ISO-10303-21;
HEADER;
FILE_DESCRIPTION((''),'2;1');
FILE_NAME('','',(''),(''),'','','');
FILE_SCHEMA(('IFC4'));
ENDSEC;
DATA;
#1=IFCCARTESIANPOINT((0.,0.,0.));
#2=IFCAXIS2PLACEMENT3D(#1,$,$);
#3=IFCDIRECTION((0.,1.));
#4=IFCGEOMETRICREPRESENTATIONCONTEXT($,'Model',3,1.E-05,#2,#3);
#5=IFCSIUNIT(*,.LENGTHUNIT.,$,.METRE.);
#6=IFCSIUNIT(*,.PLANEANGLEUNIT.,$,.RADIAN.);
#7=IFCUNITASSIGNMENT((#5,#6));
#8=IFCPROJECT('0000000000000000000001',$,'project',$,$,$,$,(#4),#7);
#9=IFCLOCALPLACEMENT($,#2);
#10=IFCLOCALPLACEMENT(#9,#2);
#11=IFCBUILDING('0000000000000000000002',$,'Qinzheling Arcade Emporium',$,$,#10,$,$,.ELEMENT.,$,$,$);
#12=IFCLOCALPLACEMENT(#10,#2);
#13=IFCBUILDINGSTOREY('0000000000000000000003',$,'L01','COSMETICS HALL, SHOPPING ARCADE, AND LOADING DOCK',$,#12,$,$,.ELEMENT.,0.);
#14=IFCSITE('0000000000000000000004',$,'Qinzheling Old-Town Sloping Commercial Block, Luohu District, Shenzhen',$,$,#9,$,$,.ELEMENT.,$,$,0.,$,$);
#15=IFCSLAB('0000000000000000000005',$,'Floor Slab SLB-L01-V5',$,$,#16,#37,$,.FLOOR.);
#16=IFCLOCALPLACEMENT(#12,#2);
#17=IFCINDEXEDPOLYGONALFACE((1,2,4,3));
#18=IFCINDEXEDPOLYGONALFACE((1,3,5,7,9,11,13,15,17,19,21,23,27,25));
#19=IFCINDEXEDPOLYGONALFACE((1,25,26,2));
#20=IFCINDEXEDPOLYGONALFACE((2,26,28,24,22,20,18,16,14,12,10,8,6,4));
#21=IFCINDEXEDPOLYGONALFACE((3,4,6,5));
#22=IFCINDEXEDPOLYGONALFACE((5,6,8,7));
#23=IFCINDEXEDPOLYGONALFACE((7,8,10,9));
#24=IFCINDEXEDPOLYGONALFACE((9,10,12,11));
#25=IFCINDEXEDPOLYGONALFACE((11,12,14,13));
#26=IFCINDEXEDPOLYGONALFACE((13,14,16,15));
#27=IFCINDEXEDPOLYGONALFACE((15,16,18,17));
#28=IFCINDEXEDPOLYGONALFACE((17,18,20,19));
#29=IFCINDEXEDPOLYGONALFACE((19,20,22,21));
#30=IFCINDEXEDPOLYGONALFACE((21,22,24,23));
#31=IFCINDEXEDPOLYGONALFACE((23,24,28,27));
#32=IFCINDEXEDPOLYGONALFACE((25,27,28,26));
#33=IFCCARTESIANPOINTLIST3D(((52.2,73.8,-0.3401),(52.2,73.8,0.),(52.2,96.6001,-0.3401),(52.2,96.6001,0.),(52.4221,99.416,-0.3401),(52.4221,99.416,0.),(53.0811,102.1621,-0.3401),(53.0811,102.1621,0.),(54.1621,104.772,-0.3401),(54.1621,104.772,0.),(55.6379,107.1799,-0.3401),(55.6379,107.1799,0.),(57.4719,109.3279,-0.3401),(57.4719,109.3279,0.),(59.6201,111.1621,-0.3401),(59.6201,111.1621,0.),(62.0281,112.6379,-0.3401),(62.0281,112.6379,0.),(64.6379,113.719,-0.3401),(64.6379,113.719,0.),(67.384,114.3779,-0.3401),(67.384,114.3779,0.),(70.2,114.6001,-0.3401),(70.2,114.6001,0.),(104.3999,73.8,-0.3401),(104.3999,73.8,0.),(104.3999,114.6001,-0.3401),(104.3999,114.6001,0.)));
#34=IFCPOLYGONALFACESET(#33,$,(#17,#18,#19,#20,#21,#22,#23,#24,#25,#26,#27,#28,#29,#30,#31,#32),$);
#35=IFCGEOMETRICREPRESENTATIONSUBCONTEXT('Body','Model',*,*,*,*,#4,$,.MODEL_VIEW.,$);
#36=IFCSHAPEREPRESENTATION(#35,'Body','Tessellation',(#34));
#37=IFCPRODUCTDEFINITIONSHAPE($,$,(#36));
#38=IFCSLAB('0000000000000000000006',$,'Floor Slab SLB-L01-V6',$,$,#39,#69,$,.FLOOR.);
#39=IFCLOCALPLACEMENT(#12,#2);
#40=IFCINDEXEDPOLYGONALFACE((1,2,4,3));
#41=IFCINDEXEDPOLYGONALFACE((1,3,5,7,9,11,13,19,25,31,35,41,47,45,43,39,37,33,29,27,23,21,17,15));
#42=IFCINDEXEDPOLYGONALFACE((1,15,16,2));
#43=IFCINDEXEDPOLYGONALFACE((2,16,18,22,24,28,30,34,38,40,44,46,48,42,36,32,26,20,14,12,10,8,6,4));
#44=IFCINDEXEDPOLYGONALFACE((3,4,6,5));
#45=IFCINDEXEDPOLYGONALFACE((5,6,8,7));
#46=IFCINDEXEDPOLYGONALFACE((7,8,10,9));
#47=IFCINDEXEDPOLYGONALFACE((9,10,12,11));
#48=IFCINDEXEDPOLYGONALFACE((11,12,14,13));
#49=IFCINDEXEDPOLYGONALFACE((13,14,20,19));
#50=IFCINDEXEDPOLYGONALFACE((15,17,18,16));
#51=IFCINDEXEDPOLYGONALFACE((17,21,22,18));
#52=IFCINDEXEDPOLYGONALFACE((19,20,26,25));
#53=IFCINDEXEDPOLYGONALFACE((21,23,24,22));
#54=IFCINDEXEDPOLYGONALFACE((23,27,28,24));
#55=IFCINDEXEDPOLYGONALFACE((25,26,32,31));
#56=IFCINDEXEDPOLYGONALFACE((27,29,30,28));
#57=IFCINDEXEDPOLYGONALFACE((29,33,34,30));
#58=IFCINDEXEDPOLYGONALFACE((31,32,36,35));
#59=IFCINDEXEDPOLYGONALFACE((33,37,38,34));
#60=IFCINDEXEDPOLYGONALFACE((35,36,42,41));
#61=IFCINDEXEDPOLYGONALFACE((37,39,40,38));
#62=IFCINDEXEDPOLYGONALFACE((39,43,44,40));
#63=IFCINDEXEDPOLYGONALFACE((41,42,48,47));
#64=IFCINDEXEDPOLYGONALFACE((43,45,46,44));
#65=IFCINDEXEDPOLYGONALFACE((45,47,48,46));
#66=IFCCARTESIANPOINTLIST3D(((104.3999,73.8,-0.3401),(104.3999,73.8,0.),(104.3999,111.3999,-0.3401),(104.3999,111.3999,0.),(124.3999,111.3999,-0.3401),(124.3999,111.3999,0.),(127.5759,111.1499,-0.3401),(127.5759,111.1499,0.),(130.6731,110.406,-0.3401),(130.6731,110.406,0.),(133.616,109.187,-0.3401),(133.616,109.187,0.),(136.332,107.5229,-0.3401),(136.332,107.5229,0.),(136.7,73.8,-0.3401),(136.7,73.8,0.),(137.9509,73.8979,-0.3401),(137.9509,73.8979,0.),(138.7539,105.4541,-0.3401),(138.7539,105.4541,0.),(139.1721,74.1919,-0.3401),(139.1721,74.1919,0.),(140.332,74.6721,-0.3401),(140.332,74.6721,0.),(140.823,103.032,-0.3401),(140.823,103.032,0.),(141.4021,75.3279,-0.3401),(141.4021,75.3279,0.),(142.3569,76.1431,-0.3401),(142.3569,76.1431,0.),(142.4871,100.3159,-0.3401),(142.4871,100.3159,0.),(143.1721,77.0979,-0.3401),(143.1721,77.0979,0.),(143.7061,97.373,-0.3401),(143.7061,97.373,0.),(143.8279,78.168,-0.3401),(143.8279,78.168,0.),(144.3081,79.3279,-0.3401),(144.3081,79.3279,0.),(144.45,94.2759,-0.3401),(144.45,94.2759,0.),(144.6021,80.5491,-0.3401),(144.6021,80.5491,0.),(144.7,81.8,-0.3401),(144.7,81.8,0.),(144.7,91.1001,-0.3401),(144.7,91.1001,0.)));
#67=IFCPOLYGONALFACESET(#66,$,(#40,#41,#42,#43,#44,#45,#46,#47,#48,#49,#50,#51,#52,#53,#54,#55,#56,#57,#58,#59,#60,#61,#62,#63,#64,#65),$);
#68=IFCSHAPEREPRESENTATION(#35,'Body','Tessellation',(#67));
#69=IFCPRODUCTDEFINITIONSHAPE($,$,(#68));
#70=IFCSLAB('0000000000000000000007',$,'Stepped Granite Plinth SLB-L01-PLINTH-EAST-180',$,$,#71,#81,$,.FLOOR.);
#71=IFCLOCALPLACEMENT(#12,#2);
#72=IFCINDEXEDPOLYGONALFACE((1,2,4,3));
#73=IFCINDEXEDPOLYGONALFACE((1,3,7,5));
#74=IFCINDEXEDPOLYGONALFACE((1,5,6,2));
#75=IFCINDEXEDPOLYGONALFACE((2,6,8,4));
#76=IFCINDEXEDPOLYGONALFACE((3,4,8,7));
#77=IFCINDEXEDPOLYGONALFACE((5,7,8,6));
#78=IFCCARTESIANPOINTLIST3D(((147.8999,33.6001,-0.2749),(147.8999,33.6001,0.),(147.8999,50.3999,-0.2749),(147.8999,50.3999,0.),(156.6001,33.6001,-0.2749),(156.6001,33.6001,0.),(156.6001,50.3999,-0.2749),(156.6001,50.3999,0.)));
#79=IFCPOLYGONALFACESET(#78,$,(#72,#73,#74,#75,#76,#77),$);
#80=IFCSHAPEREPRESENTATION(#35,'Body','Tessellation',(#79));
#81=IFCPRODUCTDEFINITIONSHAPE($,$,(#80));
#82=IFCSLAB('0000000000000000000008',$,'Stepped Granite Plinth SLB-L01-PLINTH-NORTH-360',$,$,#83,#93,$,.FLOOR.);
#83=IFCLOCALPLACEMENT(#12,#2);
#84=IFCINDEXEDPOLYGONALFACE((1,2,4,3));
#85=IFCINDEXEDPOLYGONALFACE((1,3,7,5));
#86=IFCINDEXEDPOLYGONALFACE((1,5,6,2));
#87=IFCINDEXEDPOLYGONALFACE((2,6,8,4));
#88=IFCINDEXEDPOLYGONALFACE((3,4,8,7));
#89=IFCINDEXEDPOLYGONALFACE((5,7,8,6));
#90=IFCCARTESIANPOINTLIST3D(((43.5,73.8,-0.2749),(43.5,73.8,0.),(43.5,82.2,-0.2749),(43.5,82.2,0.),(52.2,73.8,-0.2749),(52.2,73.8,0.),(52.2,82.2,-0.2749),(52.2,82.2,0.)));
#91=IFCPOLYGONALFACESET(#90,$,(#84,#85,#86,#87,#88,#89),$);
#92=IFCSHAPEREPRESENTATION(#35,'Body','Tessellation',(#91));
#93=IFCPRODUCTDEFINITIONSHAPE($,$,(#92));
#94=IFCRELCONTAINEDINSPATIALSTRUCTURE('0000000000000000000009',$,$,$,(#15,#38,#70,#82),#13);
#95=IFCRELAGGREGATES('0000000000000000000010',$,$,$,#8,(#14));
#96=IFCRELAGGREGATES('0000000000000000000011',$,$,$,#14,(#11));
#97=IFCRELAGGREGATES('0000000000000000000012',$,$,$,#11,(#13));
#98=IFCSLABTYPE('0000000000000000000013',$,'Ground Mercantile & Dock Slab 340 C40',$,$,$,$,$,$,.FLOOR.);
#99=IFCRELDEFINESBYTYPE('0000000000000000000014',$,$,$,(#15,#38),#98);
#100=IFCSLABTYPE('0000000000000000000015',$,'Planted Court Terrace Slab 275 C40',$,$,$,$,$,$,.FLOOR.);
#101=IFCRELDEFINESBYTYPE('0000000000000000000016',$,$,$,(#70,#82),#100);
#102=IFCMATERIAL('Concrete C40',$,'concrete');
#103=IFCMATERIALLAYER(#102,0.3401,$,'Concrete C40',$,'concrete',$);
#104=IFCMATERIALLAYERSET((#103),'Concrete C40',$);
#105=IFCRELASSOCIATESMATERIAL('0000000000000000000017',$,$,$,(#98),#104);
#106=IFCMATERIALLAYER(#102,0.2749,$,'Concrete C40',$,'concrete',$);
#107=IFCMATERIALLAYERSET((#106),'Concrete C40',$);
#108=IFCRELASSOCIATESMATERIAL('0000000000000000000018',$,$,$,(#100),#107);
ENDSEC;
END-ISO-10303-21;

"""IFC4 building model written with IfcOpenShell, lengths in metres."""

from ifc_helpers import new_model, si_unit, direction, frame, origin, place, context, subcontext, project, spatial, polyline, outline, extrude, material, layer, layer_set, type_object, element, save


model = new_model("IFC4")

# Units and contexts
model_context = context("Model", 3, precision=1e-05, world=origin(), true_north=direction((0.0, 1.0)))
body_context = subcontext(model_context, "Body", "Model", "MODEL_VIEW")
ifc_project = project(units=[si_unit("LENGTHUNIT", "METRE"), si_unit("PLANEANGLEUNIT", "RADIAN")], contexts=[model_context])

# Site, building, storey
site_placement = place(None, origin())
site = spatial("IfcSite", under=ifc_project, at=site_placement, Name="Qinzheling Old-Town Sloping Commercial Block, Luohu District, Shenzhen", CompositionType="ELEMENT", RefElevation=0.0)
building_placement = place(site_placement, origin())
building = spatial("IfcBuilding", under=site, at=building_placement, Name="Qinzheling Arcade Emporium", CompositionType="ELEMENT")
storey_placement = place(building_placement, origin())
storey = spatial("IfcBuildingStorey", under=building, at=storey_placement, Name="L01", Description="COSMETICS HALL, SHOPPING ARCADE, AND LOADING DOCK", CompositionType="ELEMENT", Elevation=0.0)

# Slabs
ifc_material = material(Name="Concrete C40", Category="concrete")
ifc_layer_1 = layer(ifc_material, 0.3401, Name="Concrete C40", Category="concrete")
ifc_layer_set_1 = layer_set([ifc_layer_1], Name="Concrete C40")
slab_type_1 = type_object("IfcSlabType", Name="Ground Mercantile & Dock Slab 340 C40", PredefinedType="FLOOR", material=ifc_layer_set_1)
slab_1_placement = place(storey_placement, frame((0.0, 0.0, -0.3401)))
element("IfcSlab", 1, at=slab_1_placement, inside=storey, type_object=slab_type_1, Name="Floor Slab SLB-L01-V5", PredefinedType="FLOOR", context=body_context, shape_type="SweptSolid", body=[
    extrude(outline(polyline([(52.2, 96.6001), (52.2, 73.8), (104.3999, 73.8), (104.3999, 114.6001), (70.2, 114.6001), (67.384, 114.3779), (64.6379, 113.719), (62.0281, 112.6379), (59.6201, 111.1621), (57.4719, 109.3279), (55.6379, 107.1799), (54.1621, 104.772), (53.0811, 102.1621), (52.4221, 99.416), (52.2, 96.6001)])), origin(), (0.0, 0.0, 1.0), 0.3401),
])
slab_2_placement = place(storey_placement, frame((0.0, 0.0, -0.3401)))
element("IfcSlab", 2, at=slab_2_placement, inside=storey, type_object=slab_type_1, Name="Floor Slab SLB-L01-V6", PredefinedType="FLOOR", context=body_context, shape_type="SweptSolid", body=[
    extrude(outline(polyline([(104.3999, 111.3999), (104.3999, 73.8), (136.7, 73.8), (137.9509, 73.8979), (139.1721, 74.1919), (140.332, 74.6721), (141.4021, 75.3279), (142.3569, 76.1431), (143.1721, 77.0979), (143.8279, 78.168), (144.3081, 79.3279), (144.6021, 80.5491), (144.7, 81.8), (144.7, 91.1001), (144.45, 94.2759), (143.7061, 97.373), (142.4871, 100.3159), (140.823, 103.032), (138.7539, 105.4541), (136.332, 107.5229), (133.616, 109.187), (130.6731, 110.406), (127.5759, 111.1499), (124.3999, 111.3999), (104.3999, 111.3999)])), origin(), (0.0, 0.0, 1.0), 0.3401),
])
ifc_layer_2 = layer(ifc_material, 0.2749, Name="Concrete C40", Category="concrete")
ifc_layer_set_2 = layer_set([ifc_layer_2], Name="Concrete C40")
slab_type_2 = type_object("IfcSlabType", Name="Planted Court Terrace Slab 275 C40", PredefinedType="FLOOR", material=ifc_layer_set_2)
slab_3_placement = place(storey_placement, frame((0.0, 0.0, -0.2749)))
element("IfcSlab", 3, at=slab_3_placement, inside=storey, type_object=slab_type_2, Name="Stepped Granite Plinth SLB-L01-PLINTH-EAST-180", PredefinedType="FLOOR", context=body_context, shape_type="SweptSolid", body=[
    extrude(outline(polyline([(156.6001, 33.6001), (156.6001, 50.3999), (147.8999, 50.3999), (147.8999, 33.6001), (156.6001, 33.6001)])), origin(), (0.0, 0.0, 1.0), 0.2749),
])
slab_4_placement = place(storey_placement, frame((0.0, 0.0, -0.2749)))
element("IfcSlab", 4, at=slab_4_placement, inside=storey, type_object=slab_type_2, Name="Stepped Granite Plinth SLB-L01-PLINTH-NORTH-360", PredefinedType="FLOOR", context=body_context, shape_type="SweptSolid", body=[
    extrude(outline(polyline([(52.2, 73.8), (52.2, 82.2), (43.5, 82.2), (43.5, 73.8), (52.2, 73.8)])), origin(), (0.0, 0.0, 1.0), 0.2749),
])

save(model, "model.ifc")
